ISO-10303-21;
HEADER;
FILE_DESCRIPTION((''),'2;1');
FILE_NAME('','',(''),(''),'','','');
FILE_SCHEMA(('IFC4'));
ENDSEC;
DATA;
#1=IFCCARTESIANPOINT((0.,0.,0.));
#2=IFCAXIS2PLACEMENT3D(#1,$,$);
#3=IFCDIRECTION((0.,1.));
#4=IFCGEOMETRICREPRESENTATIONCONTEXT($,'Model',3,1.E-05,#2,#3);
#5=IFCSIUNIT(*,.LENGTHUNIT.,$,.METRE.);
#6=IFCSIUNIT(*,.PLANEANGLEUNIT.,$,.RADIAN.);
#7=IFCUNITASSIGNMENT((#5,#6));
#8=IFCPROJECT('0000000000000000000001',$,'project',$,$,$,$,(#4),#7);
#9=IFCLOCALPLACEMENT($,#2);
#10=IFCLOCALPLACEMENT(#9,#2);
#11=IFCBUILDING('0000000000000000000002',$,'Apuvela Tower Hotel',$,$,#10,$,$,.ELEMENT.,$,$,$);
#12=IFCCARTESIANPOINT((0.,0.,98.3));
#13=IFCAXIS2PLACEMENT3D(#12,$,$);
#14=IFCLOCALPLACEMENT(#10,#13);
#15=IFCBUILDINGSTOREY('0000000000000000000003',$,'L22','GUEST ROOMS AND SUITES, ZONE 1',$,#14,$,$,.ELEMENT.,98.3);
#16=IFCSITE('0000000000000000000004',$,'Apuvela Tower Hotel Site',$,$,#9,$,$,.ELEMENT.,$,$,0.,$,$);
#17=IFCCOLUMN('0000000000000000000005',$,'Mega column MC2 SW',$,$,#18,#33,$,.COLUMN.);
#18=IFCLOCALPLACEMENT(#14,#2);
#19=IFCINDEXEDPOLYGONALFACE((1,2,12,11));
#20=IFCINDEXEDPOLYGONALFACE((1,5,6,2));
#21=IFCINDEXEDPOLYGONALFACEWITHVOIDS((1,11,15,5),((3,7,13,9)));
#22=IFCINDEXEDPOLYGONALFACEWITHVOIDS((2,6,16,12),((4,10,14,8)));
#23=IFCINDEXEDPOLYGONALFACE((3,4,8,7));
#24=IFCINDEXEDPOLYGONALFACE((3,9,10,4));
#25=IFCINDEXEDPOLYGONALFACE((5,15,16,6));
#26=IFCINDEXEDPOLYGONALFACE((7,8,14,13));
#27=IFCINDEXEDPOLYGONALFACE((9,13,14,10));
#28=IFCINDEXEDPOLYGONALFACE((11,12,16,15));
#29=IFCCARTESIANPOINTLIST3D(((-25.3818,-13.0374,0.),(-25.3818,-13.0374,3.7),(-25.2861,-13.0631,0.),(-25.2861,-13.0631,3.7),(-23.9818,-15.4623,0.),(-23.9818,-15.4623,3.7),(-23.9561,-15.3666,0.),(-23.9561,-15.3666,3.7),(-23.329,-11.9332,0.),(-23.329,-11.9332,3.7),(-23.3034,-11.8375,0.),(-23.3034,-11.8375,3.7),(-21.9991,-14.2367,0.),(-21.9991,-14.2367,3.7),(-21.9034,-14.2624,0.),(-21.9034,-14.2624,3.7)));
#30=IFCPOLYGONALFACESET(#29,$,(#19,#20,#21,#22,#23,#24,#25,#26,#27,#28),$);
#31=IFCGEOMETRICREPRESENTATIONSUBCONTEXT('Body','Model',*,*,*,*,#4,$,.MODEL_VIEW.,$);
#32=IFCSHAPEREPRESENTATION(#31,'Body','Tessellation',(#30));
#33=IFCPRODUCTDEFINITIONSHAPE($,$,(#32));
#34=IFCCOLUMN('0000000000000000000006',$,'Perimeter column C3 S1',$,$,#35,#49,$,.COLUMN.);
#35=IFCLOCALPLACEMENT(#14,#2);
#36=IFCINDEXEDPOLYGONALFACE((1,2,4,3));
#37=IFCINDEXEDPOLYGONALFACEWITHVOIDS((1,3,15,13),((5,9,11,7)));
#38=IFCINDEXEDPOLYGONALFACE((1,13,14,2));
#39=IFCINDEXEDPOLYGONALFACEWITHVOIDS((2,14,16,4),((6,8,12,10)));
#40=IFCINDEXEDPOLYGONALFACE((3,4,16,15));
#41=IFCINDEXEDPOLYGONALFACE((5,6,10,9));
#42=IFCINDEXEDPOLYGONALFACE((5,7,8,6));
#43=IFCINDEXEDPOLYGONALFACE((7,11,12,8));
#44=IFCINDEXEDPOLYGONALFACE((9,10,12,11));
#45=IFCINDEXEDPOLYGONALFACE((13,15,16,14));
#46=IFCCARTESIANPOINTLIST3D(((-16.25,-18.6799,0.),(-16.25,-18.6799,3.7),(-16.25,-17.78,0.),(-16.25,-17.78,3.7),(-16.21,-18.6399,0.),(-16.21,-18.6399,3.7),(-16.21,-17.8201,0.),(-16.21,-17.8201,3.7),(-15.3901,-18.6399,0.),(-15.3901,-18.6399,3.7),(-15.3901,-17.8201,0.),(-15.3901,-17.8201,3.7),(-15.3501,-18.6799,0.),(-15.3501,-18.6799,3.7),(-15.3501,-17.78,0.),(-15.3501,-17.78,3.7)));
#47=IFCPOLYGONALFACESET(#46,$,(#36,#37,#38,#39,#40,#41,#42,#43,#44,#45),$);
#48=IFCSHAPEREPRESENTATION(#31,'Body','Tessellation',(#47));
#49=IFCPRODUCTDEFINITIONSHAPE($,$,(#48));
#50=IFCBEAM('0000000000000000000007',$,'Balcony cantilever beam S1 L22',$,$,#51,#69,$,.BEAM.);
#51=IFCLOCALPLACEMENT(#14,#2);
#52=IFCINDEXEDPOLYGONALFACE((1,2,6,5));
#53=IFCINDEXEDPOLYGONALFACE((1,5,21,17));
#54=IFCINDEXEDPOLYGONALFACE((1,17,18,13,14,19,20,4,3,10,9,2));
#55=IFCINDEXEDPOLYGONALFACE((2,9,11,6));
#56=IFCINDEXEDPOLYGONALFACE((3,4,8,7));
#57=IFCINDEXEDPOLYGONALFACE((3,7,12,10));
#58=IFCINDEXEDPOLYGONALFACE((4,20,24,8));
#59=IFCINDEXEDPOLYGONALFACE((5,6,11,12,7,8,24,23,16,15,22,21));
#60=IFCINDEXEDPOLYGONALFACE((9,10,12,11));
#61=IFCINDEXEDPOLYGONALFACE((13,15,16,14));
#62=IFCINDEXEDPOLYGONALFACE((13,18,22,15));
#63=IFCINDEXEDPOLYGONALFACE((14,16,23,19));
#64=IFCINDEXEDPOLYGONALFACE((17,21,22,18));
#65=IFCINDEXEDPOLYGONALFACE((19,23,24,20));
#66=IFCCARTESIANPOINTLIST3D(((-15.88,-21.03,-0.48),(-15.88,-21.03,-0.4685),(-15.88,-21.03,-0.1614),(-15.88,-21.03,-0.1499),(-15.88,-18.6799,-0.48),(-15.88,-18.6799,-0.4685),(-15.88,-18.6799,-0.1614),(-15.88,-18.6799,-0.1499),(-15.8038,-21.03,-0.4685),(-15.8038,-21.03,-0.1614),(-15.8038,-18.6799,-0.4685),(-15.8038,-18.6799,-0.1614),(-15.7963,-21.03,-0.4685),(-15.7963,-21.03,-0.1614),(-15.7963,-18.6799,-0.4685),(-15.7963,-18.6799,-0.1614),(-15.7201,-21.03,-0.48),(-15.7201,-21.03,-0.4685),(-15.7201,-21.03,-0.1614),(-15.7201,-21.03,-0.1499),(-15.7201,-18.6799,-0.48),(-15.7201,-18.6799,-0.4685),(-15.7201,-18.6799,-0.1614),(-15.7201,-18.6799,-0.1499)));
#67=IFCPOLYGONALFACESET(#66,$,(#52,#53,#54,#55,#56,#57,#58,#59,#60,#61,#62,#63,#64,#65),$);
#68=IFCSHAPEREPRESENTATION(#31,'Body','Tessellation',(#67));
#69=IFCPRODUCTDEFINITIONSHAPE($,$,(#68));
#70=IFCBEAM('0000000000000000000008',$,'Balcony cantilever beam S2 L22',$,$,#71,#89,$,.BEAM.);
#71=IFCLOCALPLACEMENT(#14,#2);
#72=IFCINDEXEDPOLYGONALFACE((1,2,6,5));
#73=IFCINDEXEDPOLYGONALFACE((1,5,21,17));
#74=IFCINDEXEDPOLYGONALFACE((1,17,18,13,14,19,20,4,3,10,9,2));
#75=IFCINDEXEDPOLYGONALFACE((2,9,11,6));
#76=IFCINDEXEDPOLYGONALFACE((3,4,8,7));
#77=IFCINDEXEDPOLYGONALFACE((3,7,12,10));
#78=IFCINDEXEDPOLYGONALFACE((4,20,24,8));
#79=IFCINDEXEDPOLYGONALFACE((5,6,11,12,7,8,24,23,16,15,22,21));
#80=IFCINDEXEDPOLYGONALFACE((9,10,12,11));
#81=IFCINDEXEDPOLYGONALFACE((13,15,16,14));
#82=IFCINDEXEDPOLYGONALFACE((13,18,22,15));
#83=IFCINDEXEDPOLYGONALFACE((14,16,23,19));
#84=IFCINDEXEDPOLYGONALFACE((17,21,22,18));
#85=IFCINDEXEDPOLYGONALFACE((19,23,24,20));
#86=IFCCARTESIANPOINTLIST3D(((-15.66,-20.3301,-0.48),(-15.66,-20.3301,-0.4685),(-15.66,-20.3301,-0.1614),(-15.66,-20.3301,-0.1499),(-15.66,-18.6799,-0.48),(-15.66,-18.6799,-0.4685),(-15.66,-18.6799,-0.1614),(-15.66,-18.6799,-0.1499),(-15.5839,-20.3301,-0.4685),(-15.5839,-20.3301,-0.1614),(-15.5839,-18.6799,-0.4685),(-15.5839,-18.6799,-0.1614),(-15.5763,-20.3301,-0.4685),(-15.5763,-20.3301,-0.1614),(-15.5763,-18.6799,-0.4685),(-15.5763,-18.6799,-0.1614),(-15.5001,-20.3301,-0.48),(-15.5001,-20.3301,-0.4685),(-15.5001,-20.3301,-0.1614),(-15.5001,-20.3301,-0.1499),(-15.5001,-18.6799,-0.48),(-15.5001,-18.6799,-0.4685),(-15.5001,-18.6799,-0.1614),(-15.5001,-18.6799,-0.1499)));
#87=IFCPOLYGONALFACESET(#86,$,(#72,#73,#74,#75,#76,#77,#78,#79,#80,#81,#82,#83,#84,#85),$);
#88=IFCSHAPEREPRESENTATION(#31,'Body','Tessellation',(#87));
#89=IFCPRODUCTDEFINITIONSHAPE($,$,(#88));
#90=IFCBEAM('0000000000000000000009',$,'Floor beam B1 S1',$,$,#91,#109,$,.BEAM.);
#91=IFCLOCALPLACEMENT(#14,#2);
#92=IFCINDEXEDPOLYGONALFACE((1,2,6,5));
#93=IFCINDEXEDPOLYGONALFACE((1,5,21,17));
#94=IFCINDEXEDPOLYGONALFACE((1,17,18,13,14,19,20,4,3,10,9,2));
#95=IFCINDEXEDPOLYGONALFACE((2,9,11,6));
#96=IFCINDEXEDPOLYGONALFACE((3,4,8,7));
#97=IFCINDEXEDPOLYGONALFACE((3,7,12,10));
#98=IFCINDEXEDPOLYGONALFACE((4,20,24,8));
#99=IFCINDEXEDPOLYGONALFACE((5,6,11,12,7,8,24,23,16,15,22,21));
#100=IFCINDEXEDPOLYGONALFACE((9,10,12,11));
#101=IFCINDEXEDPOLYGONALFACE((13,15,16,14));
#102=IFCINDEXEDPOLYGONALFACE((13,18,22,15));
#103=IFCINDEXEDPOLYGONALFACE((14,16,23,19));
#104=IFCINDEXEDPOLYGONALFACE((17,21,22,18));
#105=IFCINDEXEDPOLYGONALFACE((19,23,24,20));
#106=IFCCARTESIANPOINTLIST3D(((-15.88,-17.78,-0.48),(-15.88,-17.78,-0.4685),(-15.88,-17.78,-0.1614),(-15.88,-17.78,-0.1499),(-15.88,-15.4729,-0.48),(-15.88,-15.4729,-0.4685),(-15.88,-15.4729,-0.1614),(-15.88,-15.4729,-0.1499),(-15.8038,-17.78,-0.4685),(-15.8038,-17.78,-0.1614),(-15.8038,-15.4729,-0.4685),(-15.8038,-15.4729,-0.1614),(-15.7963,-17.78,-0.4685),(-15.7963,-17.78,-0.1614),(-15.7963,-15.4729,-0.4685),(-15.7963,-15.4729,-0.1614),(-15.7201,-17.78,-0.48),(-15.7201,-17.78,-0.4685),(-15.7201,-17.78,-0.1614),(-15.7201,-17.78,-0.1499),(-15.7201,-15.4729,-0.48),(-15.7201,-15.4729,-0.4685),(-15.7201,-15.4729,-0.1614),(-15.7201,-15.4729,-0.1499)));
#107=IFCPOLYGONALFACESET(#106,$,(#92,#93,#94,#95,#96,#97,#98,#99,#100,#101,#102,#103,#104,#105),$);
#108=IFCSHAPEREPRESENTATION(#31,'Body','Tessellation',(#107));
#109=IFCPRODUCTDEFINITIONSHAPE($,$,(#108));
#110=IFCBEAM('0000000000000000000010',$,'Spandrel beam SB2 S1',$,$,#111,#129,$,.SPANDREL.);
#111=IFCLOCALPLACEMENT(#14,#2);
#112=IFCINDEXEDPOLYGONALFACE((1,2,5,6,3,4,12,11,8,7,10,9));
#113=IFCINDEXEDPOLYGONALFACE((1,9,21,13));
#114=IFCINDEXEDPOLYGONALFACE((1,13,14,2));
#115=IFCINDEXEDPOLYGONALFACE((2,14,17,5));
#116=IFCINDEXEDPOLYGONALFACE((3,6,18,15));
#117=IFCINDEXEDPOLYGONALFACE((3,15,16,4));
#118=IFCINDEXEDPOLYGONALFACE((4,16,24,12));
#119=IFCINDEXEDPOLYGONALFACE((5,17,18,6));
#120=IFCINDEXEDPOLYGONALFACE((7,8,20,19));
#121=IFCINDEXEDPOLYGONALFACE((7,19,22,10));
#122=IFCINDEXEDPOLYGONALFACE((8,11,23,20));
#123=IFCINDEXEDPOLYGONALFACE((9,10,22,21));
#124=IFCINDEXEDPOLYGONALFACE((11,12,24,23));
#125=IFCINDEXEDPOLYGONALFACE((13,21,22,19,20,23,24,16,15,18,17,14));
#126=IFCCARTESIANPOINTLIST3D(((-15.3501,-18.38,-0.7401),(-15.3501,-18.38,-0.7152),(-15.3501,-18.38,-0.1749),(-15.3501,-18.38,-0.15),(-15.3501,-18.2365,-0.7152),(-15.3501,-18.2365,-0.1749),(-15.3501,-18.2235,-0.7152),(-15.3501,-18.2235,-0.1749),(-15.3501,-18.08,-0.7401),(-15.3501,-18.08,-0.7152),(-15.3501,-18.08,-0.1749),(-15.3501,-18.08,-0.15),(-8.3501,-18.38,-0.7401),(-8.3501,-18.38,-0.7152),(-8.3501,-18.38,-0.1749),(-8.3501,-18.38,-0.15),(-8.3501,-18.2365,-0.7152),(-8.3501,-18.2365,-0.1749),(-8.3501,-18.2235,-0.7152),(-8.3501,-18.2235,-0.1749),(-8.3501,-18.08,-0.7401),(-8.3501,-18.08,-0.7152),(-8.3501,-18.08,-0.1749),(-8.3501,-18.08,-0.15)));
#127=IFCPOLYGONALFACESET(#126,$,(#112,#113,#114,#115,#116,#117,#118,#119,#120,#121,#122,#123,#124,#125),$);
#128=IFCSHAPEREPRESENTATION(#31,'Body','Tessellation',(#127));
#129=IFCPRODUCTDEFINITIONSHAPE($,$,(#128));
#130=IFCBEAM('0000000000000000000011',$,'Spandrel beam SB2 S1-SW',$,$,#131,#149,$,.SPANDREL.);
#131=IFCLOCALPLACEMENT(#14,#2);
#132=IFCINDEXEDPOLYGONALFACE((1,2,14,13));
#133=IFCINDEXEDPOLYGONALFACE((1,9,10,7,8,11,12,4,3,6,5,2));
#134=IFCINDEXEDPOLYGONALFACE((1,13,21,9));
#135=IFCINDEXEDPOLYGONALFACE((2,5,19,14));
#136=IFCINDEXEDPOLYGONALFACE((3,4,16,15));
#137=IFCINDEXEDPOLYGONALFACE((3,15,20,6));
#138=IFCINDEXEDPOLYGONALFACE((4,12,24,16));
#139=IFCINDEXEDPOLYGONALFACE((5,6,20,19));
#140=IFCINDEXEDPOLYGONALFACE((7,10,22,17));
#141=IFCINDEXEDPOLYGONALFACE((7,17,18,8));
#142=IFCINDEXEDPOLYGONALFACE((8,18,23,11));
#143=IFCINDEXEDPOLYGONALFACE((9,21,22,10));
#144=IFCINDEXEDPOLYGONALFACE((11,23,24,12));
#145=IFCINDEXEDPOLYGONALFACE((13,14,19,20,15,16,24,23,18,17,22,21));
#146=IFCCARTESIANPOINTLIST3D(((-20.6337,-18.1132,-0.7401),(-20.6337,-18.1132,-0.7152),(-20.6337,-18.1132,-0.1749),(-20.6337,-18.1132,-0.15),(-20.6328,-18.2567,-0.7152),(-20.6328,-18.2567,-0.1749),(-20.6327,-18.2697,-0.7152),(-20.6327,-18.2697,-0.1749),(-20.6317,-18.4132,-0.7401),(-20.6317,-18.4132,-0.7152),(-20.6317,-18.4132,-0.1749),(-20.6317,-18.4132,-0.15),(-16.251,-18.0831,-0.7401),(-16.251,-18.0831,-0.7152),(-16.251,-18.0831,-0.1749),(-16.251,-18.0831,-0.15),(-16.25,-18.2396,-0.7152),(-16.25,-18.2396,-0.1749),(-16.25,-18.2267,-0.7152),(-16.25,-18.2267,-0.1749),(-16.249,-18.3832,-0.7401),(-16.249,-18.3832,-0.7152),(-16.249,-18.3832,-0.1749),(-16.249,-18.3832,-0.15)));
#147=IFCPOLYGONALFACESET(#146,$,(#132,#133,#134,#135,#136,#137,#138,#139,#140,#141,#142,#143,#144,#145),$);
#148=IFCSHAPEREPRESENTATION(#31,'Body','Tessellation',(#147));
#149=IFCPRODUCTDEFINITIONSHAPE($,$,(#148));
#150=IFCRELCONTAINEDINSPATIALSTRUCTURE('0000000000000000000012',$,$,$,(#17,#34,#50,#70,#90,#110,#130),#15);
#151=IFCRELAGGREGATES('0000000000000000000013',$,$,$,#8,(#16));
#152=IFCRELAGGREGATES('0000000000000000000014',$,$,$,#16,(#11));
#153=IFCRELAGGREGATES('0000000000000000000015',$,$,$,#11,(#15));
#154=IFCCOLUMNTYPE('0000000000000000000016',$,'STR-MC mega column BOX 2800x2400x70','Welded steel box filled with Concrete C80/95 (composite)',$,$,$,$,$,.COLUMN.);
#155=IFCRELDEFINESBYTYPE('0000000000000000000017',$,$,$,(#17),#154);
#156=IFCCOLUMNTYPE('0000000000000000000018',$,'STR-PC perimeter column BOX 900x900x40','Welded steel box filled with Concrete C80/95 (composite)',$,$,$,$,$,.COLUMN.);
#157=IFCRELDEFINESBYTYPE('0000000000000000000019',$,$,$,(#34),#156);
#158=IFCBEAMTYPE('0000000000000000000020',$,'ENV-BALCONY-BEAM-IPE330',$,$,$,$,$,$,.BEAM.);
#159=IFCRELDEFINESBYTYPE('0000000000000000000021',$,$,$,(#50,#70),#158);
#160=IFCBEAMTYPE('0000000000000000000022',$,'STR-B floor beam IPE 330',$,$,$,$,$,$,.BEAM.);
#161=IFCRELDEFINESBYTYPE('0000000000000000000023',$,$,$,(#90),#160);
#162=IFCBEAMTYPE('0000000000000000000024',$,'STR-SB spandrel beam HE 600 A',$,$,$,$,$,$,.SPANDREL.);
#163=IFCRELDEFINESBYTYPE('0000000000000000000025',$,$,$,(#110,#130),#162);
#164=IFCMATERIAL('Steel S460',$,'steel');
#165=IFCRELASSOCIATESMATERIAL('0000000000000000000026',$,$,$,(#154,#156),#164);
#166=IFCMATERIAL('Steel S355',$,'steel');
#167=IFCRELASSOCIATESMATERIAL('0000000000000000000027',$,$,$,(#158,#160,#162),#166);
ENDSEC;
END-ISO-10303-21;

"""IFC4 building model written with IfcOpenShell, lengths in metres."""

from ifc_helpers import new_model, si_unit, direction, frame, origin, origin_2d, place, context, subcontext, project, spatial, rectangle, hollow_rectangle, i_section, extrude, material, material_profile, profile_set, type_object, element, save


model = new_model("IFC4")

# Units and contexts
model_context = context("Model", 3, precision=1e-05, world=origin(), true_north=direction((0.0, 1.0)))
body_context = subcontext(model_context, "Body", "Model", "MODEL_VIEW")
ifc_project = project(units=[si_unit("LENGTHUNIT", "METRE"), si_unit("PLANEANGLEUNIT", "RADIAN")], contexts=[model_context])

# Site, building, storey
site_placement = place(None, origin())
site = spatial("IfcSite", under=ifc_project, at=site_placement, Name="Apuvela Tower Hotel Site", CompositionType="ELEMENT", RefElevation=0.0)
building_placement = place(site_placement, origin())
building = spatial("IfcBuilding", under=site, at=building_placement, Name="Apuvela Tower Hotel", CompositionType="ELEMENT")
storey_placement = place(building_placement, frame((0.0, 0.0, 98.3)))
storey = spatial("IfcBuildingStorey", under=building, at=storey_placement, Name="L22", Description="GUEST ROOMS AND SUITES, ZONE 1", CompositionType="ELEMENT", Elevation=98.3)

# Columns
ifc_material_1 = material(Name="Steel S460", Category="steel")
ifc_material_profile_1 = material_profile(ifc_material_1, hollow_rectangle(XDim=2.8, YDim=2.3999, WallThickness=0.0701, at=origin_2d()), Name="BOX 2800x2400x70")
ifc_material_2 = material(Name="Concrete C80/95", Category="concrete")
ifc_material_profile_2 = material_profile(ifc_material_2, rectangle(XDim=2.6599, YDim=2.26, at=origin_2d()), Name="Concrete C80/95 infill")
ifc_profile_set_1 = profile_set([ifc_material_profile_1, ifc_material_profile_2], Name="Steel S460")
column_type_1 = type_object("IfcColumnType", Name="STR-MC mega column BOX 2800x2400x70", Description="Welded steel box filled with Concrete C80/95 (composite)", PredefinedType="COLUMN", material=ifc_profile_set_1)
column_1_placement = place(storey_placement, frame((-23.6426, -13.6499, 0.0), z_axis=(0.0, 0.0, 1.0), x_axis=(-0.5, 0.866025, 0.0)))
element("IfcColumn", 1, at=column_1_placement, inside=storey, type_object=column_type_1, Name="Mega column MC2 SW", PredefinedType="COLUMN", context=body_context, shape_type="SweptSolid", body=[
    extrude(hollow_rectangle(XDim=2.8, YDim=2.3999, WallThickness=0.0701, at=origin_2d()), origin(), (0.0, 0.0, 1.0), 3.7),
])
ifc_material_profile_3 = material_profile(ifc_material_1, hollow_rectangle(XDim=0.8999, YDim=0.8999, WallThickness=0.04, at=origin_2d()), Name="BOX 900x900x40")
ifc_material_profile_4 = material_profile(ifc_material_2, rectangle(XDim=0.8201, YDim=0.8201, at=origin_2d()), Name="Concrete C80/95 infill")
ifc_profile_set_2 = profile_set([ifc_material_profile_3, ifc_material_profile_4], Name="Steel S460")
column_type_2 = type_object("IfcColumnType", Name="STR-PC perimeter column BOX 900x900x40", Description="Welded steel box filled with Concrete C80/95 (composite)", PredefinedType="COLUMN", material=ifc_profile_set_2)
column_2_placement = place(storey_placement, frame((-15.8, -18.23, 0.0), z_axis=(0.0, 0.0, 1.0), x_axis=(-1.0, 0.0, 0.0)))
element("IfcColumn", 2, at=column_2_placement, inside=storey, type_object=column_type_2, Name="Perimeter column C3 S1", PredefinedType="COLUMN", context=body_context, shape_type="SweptSolid", body=[
    extrude(hollow_rectangle(XDim=0.8999, YDim=0.8999, WallThickness=0.04, at=origin_2d()), origin(), (0.0, 0.0, 1.0), 3.7),
])

# Beams
ifc_material_3 = material(Name="Steel S355", Category="steel")
ifc_material_profile_5 = material_profile(ifc_material_3, i_section(OverallWidth=0.1599, OverallDepth=0.3301, WebThickness=0.0076, FlangeThickness=0.0115, at=origin_2d()), Name="IPE 330")
ifc_profile_set_3 = profile_set([ifc_material_profile_5], Name="Steel S355")
beam_type_1 = type_object("IfcBeamType", Name="ENV-BALCONY-BEAM-IPE330", PredefinedType="BEAM", material=ifc_profile_set_3)
beam_1_placement = place(storey_placement, frame((-15.8, -18.6799, -0.3149), z_axis=(0.0, -1.0, 0.0), x_axis=(1.0, 0.0, 0.0)))
element("IfcBeam", 3, at=beam_1_placement, inside=storey, type_object=beam_type_1, Name="Balcony cantilever beam S1 L22", PredefinedType="BEAM", context=body_context, shape_type="SweptSolid", body=[
    extrude(i_section(OverallWidth=0.1599, OverallDepth=0.3301, WebThickness=0.0076, FlangeThickness=0.0115, at=origin_2d()), origin(), (0.0, 0.0, 1.0), 2.3501),
])
beam_2_placement = place(storey_placement, frame((-15.5801, -18.6799, -0.3149), z_axis=(0.0, -1.0, 0.0), x_axis=(1.0, 0.0, 0.0)))
element("IfcBeam", 4, at=beam_2_placement, inside=storey, type_object=beam_type_1, Name="Balcony cantilever beam S2 L22", PredefinedType="BEAM", context=body_context, shape_type="SweptSolid", body=[
    extrude(i_section(OverallWidth=0.1599, OverallDepth=0.3301, WebThickness=0.0076, FlangeThickness=0.0115, at=origin_2d()), origin(), (0.0, 0.0, 1.0), 1.6501),
])
ifc_material_profile_6 = material_profile(ifc_material_3, i_section(OverallWidth=0.1599, OverallDepth=0.3301, WebThickness=0.0076, FlangeThickness=0.0115, at=origin_2d()), Name="IPE 330")
ifc_profile_set_4 = profile_set([ifc_material_profile_6], Name="Steel S355")
beam_type_2 = type_object("IfcBeamType", Name="STR-B floor beam IPE 330", PredefinedType="BEAM", material=ifc_profile_set_4)
beam_3_placement = place(storey_placement, frame((-15.8, -17.78, -0.3149), z_axis=(0.0, 1.0, 0.0), x_axis=(-1.0, 0.0, 0.0)))
element("IfcBeam", 5, at=beam_3_placement, inside=storey, type_object=beam_type_2, Name="Floor beam B1 S1", PredefinedType="BEAM", context=body_context, shape_type="SweptSolid", body=[
    extrude(i_section(OverallWidth=0.1599, OverallDepth=0.3301, WebThickness=0.0076, FlangeThickness=0.0115, at=origin_2d()), origin(), (0.0, 0.0, 1.0), 2.3071),
])
ifc_material_profile_7 = material_profile(ifc_material_3, i_section(OverallWidth=0.3, OverallDepth=0.5901, WebThickness=0.0129, FlangeThickness=0.0249, at=origin_2d()), Name="HE 600 A")
ifc_profile_set_5 = profile_set([ifc_material_profile_7], Name="Steel S355")
beam_type_3 = type_object("IfcBeamType", Name="STR-SB spandrel beam HE 600 A", PredefinedType="SPANDREL", material=ifc_profile_set_5)
beam_4_placement = place(storey_placement, frame((-15.3501, -18.23, -0.4451), z_axis=(1.0, 0.0, 0.0), x_axis=(0.0, 1.0, 0.0)))
element("IfcBeam", 6, at=beam_4_placement, inside=storey, type_object=beam_type_3, Name="Spandrel beam SB2 S1", PredefinedType="SPANDREL", context=body_context, shape_type="SweptSolid", body=[
    extrude(i_section(OverallWidth=0.3, OverallDepth=0.5901, WebThickness=0.0129, FlangeThickness=0.0249, at=origin_2d()), origin(), (0.0, 0.0, 1.0), 7.0),
])
beam_5_placement = place(storey_placement, frame((-16.25, -18.2332, -0.4451), z_axis=(-0.999977, -0.006851, 0.0), x_axis=(0.006851, -0.999977, 0.0)))
element("IfcBeam", 7, at=beam_5_placement, inside=storey, type_object=beam_type_3, Name="Spandrel beam SB2 S1-SW", PredefinedType="SPANDREL", context=body_context, shape_type="SweptSolid", body=[
    extrude(i_section(OverallWidth=0.3, OverallDepth=0.5901, WebThickness=0.0129, FlangeThickness=0.0249, at=origin_2d()), origin(), (0.0, 0.0, 1.0), 4.3828),
])

save(model, "model.ifc")
